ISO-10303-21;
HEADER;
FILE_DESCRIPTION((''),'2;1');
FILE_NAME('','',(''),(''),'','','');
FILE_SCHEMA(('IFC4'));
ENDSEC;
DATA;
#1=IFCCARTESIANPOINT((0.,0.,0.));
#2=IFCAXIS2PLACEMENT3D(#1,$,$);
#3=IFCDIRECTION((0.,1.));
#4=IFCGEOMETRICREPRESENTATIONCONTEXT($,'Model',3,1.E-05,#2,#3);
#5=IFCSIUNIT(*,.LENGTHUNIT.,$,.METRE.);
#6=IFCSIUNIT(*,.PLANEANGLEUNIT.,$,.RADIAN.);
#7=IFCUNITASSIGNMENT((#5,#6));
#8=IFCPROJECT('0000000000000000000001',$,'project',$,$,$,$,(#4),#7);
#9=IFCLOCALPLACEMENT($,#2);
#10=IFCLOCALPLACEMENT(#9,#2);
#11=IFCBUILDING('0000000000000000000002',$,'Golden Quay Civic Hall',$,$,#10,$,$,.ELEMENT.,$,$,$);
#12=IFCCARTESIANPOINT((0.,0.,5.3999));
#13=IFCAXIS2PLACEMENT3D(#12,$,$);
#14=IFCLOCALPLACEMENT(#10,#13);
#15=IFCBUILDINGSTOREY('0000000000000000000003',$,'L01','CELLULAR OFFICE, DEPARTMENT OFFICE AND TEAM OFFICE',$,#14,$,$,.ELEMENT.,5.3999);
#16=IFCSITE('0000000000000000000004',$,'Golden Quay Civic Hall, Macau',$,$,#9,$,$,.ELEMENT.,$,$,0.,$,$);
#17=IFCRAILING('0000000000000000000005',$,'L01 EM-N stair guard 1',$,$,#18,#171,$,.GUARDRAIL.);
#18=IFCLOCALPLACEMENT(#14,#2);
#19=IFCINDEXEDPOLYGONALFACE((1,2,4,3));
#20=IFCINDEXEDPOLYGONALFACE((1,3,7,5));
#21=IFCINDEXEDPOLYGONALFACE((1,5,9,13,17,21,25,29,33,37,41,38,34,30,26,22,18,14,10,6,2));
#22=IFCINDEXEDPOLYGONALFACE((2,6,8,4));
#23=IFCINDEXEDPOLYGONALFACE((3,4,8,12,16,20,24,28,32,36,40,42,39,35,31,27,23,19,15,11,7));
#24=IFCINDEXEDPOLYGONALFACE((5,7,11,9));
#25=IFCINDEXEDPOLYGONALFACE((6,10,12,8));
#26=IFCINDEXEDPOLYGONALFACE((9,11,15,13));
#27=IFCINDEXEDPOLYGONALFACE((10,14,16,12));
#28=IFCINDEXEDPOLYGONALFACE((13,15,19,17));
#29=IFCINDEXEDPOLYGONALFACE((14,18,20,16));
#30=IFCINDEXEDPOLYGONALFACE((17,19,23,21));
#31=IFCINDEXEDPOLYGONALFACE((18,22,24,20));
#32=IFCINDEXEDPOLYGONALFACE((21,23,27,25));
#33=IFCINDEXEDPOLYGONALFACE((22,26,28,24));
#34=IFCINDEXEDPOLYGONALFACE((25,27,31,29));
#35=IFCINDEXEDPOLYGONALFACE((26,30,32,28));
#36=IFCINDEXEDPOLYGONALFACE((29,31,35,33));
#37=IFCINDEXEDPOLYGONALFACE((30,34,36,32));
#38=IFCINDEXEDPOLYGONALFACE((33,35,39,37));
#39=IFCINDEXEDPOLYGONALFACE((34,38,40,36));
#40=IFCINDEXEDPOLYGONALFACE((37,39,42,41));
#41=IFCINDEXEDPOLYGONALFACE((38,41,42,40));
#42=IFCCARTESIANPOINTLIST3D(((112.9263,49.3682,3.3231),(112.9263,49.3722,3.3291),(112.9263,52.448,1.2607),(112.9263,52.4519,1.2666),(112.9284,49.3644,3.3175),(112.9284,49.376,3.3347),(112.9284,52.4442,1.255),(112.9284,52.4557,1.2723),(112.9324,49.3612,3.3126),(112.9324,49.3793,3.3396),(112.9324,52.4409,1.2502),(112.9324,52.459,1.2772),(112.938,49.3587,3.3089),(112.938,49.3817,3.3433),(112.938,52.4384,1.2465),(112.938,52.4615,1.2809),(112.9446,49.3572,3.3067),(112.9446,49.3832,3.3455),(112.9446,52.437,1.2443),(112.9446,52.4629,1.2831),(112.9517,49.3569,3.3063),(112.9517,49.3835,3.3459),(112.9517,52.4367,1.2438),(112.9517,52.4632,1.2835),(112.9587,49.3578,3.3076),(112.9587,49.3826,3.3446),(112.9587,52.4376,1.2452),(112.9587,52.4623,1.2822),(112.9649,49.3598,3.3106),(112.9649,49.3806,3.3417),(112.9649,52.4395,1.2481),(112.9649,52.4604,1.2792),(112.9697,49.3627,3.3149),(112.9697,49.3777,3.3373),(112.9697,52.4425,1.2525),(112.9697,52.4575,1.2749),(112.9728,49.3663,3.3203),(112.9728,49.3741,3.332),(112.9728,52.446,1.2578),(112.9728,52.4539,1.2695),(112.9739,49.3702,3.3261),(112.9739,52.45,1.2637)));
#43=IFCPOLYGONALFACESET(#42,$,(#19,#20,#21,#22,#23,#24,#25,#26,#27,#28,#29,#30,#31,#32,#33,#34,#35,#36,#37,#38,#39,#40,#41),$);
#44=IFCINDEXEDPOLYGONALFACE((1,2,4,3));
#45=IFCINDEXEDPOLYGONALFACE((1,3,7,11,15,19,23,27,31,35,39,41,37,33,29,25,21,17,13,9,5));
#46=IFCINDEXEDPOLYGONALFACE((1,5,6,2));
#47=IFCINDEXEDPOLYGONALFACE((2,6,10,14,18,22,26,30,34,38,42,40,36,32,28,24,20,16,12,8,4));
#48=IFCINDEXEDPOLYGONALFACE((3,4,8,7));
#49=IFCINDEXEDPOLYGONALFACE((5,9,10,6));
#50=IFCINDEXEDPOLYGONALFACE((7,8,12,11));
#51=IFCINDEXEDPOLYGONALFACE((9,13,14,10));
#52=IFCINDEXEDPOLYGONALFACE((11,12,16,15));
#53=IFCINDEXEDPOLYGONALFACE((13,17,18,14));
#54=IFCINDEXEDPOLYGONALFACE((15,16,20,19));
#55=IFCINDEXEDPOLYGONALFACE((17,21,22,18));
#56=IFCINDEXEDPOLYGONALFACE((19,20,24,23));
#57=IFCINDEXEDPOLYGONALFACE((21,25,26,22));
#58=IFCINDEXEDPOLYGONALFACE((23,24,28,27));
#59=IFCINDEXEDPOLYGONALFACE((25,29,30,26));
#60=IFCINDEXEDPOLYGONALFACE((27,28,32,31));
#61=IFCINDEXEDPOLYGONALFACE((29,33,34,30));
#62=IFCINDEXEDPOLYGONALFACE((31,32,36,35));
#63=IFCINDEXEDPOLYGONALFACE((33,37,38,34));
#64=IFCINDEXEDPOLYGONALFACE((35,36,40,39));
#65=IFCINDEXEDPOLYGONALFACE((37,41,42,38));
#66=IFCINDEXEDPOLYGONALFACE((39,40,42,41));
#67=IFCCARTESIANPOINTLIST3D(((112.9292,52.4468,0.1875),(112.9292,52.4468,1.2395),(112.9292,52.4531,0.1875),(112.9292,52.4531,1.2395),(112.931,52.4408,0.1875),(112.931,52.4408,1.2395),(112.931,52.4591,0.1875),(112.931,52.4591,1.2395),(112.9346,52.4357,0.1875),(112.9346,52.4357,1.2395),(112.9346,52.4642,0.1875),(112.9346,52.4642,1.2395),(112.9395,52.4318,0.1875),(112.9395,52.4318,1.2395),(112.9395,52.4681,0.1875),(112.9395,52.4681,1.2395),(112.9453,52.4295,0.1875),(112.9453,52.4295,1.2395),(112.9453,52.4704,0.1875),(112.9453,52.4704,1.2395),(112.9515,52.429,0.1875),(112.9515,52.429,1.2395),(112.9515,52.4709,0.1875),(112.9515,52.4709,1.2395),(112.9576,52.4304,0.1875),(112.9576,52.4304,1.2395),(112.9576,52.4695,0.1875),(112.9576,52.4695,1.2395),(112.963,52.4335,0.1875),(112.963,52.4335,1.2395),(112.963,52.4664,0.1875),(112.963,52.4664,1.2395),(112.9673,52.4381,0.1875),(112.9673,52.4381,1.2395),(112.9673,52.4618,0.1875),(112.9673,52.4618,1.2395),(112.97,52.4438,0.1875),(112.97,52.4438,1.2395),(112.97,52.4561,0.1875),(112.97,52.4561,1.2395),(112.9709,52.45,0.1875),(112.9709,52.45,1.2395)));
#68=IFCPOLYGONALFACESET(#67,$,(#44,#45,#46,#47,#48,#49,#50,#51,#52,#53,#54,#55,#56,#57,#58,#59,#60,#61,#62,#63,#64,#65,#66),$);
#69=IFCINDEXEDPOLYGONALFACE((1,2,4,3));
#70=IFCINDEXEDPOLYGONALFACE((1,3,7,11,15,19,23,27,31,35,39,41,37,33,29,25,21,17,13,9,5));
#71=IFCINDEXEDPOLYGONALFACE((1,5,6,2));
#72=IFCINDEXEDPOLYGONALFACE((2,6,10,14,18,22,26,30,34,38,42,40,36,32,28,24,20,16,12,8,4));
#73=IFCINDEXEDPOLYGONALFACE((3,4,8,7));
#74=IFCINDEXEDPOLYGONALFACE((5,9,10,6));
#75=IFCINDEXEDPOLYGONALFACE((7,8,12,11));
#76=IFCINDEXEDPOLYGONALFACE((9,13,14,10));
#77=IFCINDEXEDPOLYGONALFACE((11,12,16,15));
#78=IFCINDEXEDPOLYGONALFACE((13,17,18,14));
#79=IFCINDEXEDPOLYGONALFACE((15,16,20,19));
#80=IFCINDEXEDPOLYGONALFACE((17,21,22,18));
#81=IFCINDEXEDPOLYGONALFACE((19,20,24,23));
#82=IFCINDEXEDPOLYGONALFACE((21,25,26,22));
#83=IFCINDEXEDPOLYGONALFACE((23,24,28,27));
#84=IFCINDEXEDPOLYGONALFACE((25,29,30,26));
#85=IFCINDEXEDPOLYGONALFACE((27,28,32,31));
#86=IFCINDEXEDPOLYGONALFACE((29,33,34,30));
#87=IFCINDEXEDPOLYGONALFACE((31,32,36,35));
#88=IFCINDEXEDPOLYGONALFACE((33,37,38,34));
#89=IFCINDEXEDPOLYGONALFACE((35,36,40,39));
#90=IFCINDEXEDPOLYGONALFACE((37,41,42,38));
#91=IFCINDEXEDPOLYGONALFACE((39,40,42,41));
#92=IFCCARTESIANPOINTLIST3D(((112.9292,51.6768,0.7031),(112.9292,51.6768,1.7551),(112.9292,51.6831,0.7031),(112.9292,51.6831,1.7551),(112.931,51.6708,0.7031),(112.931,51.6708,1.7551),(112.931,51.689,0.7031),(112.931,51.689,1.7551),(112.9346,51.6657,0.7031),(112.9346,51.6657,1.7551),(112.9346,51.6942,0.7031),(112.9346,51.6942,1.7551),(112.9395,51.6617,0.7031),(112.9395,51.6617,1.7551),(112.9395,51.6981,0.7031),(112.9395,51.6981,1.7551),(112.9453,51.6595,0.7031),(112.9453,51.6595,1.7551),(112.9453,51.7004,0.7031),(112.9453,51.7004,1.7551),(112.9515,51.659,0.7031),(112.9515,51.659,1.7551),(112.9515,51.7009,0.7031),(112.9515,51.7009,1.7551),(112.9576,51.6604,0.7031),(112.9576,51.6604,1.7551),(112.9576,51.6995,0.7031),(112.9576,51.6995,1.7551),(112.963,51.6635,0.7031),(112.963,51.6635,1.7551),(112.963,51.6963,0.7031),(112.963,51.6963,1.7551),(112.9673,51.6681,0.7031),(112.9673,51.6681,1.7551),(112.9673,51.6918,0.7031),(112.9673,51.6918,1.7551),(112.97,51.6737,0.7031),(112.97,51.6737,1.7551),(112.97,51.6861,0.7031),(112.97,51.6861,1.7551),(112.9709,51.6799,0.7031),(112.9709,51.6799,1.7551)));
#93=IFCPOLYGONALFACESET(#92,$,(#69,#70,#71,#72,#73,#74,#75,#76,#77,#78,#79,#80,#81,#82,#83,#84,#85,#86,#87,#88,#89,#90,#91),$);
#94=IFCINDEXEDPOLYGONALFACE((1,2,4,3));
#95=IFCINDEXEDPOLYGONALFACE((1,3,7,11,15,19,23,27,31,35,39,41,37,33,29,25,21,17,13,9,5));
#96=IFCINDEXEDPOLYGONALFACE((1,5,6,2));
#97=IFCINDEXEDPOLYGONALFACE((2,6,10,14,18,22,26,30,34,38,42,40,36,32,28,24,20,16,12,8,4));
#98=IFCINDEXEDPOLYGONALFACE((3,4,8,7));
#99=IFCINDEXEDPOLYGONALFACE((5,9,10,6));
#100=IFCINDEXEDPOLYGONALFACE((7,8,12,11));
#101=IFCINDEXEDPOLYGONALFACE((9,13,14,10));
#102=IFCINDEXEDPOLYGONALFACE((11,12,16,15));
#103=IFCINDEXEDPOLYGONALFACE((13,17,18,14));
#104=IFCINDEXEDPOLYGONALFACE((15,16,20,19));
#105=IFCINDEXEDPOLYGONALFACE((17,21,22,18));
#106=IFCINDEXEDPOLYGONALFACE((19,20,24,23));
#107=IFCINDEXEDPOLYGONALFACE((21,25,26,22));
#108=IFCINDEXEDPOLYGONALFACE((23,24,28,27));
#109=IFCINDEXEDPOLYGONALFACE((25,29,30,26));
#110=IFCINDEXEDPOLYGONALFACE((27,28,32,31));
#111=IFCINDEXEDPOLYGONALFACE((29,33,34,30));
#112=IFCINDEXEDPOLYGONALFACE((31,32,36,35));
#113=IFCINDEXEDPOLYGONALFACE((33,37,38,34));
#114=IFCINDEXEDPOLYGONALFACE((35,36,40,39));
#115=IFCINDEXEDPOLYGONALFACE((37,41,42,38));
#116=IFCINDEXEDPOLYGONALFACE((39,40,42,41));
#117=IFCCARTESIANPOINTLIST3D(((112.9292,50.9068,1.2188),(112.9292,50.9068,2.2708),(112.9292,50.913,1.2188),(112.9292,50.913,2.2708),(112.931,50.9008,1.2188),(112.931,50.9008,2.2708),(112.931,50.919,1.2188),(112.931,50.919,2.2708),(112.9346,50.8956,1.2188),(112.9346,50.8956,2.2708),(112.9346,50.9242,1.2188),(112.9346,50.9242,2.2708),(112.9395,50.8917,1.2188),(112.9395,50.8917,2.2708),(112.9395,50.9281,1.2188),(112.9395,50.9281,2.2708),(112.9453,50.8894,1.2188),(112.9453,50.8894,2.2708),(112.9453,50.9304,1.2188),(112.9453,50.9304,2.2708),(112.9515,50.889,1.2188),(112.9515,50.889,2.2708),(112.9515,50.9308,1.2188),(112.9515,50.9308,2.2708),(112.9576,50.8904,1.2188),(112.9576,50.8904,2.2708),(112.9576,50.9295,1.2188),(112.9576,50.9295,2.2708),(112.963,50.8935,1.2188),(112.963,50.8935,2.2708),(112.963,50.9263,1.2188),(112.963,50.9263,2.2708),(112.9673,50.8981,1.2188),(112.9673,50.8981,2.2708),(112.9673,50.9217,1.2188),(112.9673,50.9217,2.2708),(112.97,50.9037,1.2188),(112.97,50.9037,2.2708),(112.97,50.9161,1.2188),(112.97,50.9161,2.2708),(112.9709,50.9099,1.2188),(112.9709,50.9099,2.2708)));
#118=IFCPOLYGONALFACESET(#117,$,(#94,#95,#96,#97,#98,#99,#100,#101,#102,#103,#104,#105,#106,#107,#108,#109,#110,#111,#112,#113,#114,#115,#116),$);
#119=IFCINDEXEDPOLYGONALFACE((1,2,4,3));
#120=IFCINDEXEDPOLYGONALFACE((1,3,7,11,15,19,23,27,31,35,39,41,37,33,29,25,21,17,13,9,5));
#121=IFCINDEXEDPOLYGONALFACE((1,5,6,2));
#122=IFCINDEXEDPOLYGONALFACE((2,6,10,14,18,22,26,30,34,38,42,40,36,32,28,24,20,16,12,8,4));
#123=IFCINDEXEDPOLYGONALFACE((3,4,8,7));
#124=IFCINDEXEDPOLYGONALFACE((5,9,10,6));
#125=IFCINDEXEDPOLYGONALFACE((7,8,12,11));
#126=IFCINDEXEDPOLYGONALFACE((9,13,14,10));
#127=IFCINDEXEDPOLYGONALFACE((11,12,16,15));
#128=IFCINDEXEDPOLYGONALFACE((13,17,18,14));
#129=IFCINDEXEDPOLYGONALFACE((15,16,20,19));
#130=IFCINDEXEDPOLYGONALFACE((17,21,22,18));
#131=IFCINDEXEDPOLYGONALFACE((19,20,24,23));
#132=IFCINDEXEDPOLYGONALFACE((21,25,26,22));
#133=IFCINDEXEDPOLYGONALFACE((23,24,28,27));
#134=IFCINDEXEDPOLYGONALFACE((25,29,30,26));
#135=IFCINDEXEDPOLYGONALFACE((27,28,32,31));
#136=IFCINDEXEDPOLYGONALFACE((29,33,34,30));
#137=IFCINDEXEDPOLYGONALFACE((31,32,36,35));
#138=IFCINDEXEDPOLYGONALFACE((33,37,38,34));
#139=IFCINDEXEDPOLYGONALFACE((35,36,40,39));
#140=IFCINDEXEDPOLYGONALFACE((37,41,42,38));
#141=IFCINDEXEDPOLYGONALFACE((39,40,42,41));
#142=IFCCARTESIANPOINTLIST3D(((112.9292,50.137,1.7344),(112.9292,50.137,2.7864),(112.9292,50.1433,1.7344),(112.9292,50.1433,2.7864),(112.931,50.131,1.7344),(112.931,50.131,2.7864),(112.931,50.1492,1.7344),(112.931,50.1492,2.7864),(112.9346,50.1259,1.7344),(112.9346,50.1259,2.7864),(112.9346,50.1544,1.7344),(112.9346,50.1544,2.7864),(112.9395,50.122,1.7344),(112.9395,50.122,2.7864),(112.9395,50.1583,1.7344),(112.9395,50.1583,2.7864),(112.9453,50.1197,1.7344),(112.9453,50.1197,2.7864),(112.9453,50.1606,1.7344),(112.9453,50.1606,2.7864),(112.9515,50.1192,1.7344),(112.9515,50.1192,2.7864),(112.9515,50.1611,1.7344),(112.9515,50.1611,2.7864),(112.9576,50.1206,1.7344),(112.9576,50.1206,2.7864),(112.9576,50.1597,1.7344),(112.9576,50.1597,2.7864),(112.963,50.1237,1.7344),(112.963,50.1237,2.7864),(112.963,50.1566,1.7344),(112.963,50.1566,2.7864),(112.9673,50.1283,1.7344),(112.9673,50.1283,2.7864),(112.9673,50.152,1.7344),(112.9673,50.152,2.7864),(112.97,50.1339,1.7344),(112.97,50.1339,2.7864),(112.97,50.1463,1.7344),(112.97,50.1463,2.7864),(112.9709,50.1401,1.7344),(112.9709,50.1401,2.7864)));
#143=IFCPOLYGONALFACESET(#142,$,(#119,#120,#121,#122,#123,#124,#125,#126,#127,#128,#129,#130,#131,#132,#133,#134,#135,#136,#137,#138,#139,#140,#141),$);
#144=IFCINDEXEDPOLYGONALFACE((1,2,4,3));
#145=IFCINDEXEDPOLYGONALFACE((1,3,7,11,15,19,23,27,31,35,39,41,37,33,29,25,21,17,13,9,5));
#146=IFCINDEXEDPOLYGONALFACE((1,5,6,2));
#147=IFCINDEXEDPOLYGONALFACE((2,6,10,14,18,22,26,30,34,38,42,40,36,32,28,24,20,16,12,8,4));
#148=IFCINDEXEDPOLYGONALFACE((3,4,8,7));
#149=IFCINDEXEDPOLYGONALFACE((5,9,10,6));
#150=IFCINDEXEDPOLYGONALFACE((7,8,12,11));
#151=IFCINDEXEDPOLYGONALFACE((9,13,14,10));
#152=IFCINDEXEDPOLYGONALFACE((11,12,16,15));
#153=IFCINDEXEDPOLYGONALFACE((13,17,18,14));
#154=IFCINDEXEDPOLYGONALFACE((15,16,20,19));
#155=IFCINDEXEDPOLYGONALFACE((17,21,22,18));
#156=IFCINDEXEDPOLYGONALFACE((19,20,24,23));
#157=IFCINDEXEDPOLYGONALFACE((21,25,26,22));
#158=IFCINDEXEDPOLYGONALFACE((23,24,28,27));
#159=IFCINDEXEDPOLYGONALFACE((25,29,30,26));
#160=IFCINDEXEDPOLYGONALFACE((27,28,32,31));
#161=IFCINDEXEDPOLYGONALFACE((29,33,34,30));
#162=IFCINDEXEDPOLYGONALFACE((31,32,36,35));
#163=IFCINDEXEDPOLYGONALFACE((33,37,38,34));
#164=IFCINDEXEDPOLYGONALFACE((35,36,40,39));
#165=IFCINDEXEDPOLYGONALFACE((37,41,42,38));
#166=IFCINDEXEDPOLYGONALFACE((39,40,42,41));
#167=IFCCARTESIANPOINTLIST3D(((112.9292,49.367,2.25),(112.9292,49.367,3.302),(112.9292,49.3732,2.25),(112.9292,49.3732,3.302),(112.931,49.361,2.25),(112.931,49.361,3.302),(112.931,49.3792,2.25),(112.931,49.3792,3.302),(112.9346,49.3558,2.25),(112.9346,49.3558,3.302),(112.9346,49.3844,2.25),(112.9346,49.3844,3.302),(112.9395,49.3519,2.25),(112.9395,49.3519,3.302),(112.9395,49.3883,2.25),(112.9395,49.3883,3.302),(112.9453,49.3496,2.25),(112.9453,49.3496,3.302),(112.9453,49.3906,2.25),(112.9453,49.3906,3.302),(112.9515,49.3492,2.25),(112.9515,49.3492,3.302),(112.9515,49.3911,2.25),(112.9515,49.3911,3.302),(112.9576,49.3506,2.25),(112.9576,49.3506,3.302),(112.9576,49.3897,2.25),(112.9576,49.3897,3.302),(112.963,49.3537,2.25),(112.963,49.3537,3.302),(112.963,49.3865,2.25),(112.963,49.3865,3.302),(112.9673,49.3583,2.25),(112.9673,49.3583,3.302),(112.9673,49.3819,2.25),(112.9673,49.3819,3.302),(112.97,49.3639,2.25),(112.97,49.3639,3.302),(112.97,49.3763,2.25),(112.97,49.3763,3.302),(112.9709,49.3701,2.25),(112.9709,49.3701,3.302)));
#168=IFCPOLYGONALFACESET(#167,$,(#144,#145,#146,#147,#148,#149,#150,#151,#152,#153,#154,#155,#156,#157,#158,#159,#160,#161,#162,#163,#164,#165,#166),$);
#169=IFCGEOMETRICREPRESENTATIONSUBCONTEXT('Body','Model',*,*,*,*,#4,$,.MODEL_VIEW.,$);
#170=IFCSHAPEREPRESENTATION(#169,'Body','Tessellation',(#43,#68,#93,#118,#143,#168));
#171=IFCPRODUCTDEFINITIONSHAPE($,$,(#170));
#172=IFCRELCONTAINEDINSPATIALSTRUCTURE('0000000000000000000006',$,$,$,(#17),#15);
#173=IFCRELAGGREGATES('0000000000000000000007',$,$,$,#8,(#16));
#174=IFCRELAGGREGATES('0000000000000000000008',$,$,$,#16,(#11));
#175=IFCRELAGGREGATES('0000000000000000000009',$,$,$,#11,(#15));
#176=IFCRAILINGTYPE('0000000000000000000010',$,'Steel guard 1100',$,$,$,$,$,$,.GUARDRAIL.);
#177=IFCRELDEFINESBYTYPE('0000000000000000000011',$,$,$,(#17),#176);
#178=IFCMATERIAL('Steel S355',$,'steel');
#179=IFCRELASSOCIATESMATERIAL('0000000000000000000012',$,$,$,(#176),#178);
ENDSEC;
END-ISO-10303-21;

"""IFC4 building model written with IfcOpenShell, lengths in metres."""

from ifc_helpers import new_model, si_unit, direction, frame, origin, origin_2d, place, context, subcontext, project, spatial, circle, extrude, material, type_object, element, save


model = new_model("IFC4")

# Units and contexts
model_context = context("Model", 3, precision=1e-05, world=origin(), true_north=direction((0.0, 1.0)))
body_context = subcontext(model_context, "Body", "Model", "MODEL_VIEW")
ifc_project = project(units=[si_unit("LENGTHUNIT", "METRE"), si_unit("PLANEANGLEUNIT", "RADIAN")], contexts=[model_context])

# Site, building, storey
site_placement = place(None, origin())
site = spatial("IfcSite", under=ifc_project, at=site_placement, Name="Golden Quay Civic Hall, Macau", CompositionType="ELEMENT", RefElevation=0.0)
building_placement = place(site_placement, origin())
building = spatial("IfcBuilding", under=site, at=building_placement, Name="Golden Quay Civic Hall", CompositionType="ELEMENT")
storey_placement = place(building_placement, frame((0.0, 0.0, 5.3999)))
storey = spatial("IfcBuildingStorey", under=building, at=storey_placement, Name="L01", Description="CELLULAR OFFICE, DEPARTMENT OFFICE AND TEAM OFFICE", CompositionType="ELEMENT", Elevation=5.3999)

# Railing
ifc_material_1 = material(Name="Steel S355", Category="steel")
railing_type_1 = type_object("IfcRailingType", Name="Steel guard 1100", PredefinedType="GUARDRAIL", material=ifc_material_1)
railing_1_placement = place(storey_placement, frame((112.95, 52.45, 0.1875)))
element("IfcRailing", 1, at=railing_1_placement, inside=storey, type_object=railing_type_1, Name="L01 EM-N stair guard 1", PredefinedType="GUARDRAIL", context=body_context, shape_type="SweptSolid", body=[
    extrude(circle(Radius=0.0239, at=origin_2d()), frame((0.0, 0.0, 1.0762), z_axis=(0.0, -0.830893, 0.556432), x_axis=(1.0, 0.0, 0.0)), (0.0, 0.0, 1.0), 3.7065),
    extrude(circle(Radius=0.021, at=origin_2d()), origin(), (0.0, 0.0, 1.0), 1.052),
    extrude(circle(Radius=0.021, at=origin_2d()), frame((0.0, -0.77, 0.5156)), (0.0, 0.0, 1.0), 1.052),
    extrude(circle(Radius=0.021, at=origin_2d()), frame((0.0, -1.54, 1.0312)), (0.0, 0.0, 1.0), 1.052),
    extrude(circle(Radius=0.021, at=origin_2d()), frame((0.0, -2.3098, 1.5469)), (0.0, 0.0, 1.0), 1.052),
    extrude(circle(Radius=0.021, at=origin_2d()), frame((0.0, -3.0798, 2.0625)), (0.0, 0.0, 1.0), 1.052),
])

save(model, "model.ifc")
